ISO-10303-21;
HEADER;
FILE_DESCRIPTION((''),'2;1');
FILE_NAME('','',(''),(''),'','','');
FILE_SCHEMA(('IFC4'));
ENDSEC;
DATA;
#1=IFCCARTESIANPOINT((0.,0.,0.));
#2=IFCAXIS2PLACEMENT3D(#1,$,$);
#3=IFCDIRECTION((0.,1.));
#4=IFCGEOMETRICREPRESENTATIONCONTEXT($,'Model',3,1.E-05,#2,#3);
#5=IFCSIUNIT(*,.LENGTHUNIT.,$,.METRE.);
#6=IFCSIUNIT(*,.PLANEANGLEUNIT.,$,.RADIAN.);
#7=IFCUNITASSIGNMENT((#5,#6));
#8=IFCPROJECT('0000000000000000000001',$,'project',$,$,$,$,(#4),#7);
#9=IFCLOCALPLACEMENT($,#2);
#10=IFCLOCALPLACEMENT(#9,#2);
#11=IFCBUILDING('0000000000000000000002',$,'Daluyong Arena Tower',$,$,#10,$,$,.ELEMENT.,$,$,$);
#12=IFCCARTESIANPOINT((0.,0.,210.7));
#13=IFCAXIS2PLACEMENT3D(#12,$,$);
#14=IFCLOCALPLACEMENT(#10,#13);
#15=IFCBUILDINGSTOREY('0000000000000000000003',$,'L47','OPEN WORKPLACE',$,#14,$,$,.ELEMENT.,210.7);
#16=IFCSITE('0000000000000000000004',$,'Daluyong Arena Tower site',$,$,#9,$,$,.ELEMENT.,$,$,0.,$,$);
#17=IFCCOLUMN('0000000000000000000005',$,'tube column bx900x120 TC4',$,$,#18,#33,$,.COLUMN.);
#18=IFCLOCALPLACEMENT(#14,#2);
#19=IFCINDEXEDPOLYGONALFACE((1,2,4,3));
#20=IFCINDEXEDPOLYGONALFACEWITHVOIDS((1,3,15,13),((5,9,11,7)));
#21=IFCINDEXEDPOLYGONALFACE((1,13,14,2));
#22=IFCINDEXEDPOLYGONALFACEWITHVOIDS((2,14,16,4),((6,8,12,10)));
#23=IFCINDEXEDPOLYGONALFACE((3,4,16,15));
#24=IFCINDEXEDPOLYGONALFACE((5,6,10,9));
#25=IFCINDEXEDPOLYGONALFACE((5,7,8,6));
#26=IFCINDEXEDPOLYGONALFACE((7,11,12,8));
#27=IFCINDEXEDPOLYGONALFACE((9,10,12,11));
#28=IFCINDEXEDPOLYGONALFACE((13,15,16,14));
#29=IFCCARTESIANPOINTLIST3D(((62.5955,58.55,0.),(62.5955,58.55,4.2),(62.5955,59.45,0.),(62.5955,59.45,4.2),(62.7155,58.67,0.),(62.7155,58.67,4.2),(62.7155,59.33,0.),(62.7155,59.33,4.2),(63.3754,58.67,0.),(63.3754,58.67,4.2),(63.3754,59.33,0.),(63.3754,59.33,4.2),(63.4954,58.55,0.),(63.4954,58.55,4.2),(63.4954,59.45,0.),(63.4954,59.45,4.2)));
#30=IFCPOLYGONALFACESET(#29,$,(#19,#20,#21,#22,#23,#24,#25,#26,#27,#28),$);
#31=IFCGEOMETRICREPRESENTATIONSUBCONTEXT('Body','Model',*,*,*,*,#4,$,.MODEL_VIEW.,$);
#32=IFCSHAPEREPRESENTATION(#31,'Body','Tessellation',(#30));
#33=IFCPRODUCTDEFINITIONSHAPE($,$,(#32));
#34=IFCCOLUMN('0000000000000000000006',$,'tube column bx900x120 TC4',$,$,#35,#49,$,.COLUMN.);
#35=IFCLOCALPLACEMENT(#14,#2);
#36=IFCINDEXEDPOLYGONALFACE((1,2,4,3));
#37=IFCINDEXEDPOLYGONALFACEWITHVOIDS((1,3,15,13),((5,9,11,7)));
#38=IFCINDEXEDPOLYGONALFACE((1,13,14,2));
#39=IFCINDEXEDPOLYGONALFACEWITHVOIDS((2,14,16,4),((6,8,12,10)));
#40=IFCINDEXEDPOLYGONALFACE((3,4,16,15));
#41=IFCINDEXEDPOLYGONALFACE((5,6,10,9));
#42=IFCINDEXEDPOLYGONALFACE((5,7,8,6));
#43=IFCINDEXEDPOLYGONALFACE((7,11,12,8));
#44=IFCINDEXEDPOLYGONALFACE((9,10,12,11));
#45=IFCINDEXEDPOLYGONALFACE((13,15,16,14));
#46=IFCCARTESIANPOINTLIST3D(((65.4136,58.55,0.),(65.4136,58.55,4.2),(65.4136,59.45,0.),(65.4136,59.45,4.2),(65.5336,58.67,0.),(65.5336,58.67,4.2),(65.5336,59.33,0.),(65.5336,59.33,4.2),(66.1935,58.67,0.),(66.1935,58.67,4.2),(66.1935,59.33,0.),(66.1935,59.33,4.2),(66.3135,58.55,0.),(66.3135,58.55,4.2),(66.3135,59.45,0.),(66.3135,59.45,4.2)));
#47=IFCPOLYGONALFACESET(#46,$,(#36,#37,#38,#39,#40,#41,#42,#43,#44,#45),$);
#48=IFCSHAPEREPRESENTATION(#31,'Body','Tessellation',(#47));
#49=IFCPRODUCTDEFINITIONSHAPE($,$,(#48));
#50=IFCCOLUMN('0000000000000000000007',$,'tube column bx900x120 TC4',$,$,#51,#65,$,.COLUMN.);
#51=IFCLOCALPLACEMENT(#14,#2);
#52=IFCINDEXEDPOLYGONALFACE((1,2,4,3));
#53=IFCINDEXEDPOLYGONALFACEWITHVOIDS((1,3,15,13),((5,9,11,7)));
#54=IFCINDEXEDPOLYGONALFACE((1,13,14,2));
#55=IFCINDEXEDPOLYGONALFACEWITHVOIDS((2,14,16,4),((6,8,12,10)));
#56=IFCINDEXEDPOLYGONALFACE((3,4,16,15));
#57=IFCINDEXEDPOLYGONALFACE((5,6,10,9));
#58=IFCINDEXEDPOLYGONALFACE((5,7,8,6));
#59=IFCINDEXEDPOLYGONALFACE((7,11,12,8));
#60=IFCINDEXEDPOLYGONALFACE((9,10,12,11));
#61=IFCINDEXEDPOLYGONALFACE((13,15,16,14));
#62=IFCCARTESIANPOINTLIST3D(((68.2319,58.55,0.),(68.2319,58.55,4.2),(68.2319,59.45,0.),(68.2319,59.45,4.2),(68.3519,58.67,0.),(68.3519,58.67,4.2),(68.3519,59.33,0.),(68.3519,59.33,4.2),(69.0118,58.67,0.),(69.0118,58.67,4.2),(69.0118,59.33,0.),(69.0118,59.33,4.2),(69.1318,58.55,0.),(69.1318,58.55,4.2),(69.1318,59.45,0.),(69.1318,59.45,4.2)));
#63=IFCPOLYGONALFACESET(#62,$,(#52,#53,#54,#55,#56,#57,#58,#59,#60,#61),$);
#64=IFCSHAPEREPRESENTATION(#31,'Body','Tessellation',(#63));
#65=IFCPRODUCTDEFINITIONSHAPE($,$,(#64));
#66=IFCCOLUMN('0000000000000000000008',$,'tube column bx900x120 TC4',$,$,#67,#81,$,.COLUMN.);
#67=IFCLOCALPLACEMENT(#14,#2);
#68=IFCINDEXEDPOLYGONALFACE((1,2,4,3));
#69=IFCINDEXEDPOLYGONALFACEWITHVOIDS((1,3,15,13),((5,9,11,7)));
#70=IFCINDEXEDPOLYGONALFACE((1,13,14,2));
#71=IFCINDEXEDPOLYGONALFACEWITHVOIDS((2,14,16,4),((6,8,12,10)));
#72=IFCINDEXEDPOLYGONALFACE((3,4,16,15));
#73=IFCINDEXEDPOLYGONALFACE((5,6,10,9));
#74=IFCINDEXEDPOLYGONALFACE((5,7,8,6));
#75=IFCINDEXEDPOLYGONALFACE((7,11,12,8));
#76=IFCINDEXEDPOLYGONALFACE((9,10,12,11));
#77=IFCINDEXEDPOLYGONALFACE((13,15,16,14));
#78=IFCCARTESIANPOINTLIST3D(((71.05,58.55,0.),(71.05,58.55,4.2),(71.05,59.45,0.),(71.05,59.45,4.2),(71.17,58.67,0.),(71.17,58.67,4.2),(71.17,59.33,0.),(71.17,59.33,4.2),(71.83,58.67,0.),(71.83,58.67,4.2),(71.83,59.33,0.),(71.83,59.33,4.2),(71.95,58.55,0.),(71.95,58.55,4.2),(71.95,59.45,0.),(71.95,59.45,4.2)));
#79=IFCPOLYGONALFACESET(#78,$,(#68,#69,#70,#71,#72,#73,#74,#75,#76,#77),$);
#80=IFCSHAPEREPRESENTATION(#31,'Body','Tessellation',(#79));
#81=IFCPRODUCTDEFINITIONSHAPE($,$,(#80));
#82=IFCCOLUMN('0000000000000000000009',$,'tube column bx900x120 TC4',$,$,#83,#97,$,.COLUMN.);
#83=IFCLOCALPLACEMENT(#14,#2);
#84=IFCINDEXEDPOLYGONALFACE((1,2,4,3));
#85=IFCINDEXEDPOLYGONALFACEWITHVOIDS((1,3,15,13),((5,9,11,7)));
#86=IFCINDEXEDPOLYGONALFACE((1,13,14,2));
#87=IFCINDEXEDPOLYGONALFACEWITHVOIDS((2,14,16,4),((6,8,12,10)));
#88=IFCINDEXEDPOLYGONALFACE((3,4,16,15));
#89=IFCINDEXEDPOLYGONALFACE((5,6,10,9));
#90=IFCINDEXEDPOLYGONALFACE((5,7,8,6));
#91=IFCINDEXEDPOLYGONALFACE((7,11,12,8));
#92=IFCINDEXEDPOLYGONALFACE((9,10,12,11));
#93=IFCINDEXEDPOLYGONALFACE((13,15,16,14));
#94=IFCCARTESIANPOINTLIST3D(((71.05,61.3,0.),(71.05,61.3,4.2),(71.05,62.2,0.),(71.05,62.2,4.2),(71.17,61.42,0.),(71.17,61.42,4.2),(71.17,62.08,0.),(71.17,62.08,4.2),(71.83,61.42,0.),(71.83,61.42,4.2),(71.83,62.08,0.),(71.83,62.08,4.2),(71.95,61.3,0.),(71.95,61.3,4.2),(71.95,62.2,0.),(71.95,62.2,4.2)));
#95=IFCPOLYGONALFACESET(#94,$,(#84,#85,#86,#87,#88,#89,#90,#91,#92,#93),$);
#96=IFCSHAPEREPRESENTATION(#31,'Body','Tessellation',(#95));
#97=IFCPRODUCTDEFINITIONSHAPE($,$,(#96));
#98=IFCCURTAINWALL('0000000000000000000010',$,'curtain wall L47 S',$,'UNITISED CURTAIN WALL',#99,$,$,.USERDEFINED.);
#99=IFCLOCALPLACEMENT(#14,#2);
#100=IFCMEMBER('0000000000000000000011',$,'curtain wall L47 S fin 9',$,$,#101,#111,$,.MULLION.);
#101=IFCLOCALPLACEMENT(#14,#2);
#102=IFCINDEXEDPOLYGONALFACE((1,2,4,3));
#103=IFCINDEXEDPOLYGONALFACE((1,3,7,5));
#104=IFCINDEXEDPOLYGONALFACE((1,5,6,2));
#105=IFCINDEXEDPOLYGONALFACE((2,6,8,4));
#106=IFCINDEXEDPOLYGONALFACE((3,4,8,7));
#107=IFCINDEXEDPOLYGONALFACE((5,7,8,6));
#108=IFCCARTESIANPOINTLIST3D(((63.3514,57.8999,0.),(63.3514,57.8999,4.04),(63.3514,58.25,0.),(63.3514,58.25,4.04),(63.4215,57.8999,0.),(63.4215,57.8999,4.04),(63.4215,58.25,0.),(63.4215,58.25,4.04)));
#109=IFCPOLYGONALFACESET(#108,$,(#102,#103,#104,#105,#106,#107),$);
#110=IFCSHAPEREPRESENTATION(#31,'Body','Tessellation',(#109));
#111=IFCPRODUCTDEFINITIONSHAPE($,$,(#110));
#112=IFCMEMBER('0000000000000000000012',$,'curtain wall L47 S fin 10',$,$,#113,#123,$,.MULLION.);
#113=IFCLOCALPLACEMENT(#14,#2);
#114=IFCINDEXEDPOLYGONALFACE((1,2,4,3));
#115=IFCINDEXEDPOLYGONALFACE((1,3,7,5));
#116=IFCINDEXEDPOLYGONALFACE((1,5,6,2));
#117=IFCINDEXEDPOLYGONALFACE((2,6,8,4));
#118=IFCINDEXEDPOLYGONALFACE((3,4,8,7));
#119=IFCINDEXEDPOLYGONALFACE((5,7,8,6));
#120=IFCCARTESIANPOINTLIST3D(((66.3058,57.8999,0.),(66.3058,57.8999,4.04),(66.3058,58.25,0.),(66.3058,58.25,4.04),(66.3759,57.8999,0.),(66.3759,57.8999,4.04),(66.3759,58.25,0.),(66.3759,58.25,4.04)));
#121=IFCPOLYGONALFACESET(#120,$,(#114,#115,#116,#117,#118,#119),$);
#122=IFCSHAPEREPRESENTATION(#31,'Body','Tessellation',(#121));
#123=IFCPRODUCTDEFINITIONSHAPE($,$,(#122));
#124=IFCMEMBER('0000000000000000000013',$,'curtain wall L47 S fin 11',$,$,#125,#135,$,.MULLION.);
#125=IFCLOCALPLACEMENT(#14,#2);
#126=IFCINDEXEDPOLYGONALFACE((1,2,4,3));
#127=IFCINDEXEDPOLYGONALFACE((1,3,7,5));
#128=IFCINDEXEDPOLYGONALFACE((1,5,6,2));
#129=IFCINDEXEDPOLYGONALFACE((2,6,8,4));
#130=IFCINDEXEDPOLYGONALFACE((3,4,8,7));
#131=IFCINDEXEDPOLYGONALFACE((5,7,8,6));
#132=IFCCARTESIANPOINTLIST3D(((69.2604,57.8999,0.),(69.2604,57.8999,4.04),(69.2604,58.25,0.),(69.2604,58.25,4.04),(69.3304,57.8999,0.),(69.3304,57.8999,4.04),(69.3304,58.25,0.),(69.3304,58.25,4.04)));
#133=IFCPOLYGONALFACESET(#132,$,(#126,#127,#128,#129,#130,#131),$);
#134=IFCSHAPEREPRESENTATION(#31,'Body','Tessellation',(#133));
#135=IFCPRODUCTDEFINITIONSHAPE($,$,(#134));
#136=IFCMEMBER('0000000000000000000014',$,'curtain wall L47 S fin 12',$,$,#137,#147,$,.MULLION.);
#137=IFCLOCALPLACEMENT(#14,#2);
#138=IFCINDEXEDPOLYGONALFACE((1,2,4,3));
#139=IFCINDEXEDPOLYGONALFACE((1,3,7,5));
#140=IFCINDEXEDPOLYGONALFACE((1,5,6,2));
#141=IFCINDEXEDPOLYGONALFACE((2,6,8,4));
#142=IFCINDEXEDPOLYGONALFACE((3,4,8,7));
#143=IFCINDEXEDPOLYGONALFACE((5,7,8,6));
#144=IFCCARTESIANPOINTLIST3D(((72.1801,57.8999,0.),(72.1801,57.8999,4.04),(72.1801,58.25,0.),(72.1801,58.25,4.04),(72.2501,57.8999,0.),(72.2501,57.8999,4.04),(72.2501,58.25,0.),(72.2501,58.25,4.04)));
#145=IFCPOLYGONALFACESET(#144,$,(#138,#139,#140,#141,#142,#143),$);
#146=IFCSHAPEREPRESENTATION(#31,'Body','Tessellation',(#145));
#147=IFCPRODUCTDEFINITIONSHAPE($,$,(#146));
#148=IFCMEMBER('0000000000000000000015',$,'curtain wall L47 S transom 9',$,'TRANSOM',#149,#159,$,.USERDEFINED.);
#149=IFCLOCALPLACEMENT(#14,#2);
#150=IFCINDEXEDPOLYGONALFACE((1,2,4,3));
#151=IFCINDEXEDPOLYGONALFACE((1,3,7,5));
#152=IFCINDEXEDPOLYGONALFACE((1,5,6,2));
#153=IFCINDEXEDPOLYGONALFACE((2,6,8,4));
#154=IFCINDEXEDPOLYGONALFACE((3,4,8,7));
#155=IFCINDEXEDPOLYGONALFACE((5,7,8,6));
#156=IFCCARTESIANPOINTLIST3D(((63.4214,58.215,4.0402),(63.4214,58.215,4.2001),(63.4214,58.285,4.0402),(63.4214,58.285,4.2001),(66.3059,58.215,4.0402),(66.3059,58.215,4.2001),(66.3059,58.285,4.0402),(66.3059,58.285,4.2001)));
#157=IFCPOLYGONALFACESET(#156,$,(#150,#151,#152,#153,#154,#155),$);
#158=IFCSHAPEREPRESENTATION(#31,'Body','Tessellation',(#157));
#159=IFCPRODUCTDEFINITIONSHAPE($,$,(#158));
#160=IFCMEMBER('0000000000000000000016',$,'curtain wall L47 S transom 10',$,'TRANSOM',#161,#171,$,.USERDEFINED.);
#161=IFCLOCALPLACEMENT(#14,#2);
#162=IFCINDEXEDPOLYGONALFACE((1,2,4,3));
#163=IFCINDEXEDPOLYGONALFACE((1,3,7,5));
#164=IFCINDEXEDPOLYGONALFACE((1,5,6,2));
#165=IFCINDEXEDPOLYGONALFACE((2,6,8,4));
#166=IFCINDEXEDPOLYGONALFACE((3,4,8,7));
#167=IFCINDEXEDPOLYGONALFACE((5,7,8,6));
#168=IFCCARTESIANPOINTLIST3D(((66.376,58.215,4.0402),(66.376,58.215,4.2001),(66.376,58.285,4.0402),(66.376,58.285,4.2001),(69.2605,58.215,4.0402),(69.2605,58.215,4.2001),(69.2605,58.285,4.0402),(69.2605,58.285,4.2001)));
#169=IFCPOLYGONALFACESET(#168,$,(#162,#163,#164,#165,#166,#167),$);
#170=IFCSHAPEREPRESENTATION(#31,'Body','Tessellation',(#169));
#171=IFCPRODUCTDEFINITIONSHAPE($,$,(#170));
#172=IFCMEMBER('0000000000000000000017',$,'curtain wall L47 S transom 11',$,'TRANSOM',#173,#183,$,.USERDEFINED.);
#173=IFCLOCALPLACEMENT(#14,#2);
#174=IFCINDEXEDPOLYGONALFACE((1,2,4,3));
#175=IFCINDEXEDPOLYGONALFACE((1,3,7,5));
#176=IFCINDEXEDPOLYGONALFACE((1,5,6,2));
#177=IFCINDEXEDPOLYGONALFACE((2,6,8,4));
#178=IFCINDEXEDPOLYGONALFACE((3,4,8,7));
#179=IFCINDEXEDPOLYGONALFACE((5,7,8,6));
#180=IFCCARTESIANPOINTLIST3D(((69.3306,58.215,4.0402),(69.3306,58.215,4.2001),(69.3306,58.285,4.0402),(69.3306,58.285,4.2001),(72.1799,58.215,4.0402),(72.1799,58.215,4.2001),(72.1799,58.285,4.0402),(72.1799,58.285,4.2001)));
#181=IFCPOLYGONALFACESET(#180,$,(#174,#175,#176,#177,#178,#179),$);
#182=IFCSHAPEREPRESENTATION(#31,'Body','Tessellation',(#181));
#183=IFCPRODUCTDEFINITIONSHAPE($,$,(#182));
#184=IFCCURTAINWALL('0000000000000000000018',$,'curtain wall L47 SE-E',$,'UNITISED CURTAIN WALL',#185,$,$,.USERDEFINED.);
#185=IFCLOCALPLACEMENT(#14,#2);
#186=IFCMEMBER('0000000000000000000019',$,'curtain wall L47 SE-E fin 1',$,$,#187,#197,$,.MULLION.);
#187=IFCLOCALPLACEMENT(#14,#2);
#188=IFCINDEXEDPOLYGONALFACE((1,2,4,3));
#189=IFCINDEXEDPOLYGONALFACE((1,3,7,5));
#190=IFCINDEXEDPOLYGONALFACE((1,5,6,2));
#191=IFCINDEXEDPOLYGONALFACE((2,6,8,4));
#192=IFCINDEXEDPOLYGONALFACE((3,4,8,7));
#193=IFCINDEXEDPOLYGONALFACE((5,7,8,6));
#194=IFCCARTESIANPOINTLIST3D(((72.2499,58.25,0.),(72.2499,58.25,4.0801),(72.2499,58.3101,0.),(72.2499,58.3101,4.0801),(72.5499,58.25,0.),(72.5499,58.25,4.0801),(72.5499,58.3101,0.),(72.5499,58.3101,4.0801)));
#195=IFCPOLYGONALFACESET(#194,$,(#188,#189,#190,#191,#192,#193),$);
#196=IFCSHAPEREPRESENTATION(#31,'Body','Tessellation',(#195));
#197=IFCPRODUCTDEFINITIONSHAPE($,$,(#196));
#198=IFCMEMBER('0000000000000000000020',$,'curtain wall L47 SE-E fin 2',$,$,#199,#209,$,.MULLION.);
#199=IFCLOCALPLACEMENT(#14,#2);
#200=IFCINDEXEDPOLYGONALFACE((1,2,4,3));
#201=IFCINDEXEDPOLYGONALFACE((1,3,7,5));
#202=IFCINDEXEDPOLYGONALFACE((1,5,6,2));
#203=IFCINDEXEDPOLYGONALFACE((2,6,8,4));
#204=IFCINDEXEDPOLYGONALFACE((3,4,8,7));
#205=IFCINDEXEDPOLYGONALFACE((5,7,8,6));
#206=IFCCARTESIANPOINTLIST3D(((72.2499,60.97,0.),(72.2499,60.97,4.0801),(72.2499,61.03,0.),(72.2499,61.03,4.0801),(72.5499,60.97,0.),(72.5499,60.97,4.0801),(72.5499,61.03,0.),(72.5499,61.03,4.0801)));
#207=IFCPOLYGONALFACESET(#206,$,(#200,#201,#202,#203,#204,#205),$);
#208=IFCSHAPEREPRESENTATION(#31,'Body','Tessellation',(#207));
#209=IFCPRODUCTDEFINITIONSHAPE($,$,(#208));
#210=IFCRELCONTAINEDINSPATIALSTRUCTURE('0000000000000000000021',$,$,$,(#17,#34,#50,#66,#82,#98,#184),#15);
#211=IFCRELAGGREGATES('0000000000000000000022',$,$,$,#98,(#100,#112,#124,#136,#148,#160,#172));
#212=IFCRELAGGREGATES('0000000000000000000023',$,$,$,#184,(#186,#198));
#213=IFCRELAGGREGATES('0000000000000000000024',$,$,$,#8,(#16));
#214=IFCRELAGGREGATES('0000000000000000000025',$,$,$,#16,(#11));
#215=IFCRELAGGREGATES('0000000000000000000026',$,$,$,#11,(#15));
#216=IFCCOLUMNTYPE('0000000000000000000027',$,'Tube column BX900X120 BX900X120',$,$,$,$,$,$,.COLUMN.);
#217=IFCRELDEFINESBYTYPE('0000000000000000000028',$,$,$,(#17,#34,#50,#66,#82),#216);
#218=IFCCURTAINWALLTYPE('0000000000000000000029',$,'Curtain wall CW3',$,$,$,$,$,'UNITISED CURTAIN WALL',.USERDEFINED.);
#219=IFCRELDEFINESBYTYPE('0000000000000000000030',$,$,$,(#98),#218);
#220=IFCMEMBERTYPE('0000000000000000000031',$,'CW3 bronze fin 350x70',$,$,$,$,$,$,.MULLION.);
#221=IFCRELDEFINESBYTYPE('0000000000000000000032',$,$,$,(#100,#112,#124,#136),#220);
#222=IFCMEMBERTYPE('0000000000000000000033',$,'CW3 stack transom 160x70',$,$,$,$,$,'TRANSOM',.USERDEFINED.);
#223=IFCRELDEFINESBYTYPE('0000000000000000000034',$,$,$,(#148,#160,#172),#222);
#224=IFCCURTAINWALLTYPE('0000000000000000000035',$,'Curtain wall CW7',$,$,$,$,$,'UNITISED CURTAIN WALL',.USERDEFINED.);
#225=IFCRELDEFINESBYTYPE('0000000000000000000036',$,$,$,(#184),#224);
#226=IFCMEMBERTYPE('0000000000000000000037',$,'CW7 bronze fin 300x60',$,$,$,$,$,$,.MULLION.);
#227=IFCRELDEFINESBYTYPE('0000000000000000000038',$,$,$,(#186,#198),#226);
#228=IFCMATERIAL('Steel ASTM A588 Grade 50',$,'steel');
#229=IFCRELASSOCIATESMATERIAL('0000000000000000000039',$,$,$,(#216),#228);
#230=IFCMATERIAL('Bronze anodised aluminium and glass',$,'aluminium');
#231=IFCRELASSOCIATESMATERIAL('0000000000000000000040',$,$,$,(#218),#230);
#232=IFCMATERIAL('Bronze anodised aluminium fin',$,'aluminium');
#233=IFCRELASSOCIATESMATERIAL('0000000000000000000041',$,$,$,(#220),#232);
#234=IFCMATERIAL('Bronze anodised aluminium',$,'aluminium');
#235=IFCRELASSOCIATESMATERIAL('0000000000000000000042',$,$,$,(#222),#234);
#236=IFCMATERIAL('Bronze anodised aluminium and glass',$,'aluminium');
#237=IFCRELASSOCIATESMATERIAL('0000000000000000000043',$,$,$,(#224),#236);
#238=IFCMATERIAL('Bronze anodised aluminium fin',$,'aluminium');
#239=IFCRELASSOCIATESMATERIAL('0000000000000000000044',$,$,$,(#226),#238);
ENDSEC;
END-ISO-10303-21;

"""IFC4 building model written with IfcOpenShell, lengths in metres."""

from ifc_helpers import new_model, si_unit, direction, frame, origin, origin_2d, place, context, subcontext, project, spatial, rectangle, hollow_rectangle, extrude, material, material_profile, profile_set, type_object, element, aggregate, save


model = new_model("IFC4")

# Units and contexts
model_context = context("Model", 3, precision=1e-05, world=origin(), true_north=direction((0.0, 1.0)))
body_context = subcontext(model_context, "Body", "Model", "MODEL_VIEW")
ifc_project = project(units=[si_unit("LENGTHUNIT", "METRE"), si_unit("PLANEANGLEUNIT", "RADIAN")], contexts=[model_context])

# Site, building, storey
site_placement = place(None, origin())
site = spatial("IfcSite", under=ifc_project, at=site_placement, Name="Daluyong Arena Tower site", CompositionType="ELEMENT", RefElevation=0.0)
building_placement = place(site_placement, origin())
building = spatial("IfcBuilding", under=site, at=building_placement, Name="Daluyong Arena Tower", CompositionType="ELEMENT")
storey_placement = place(building_placement, frame((0.0, 0.0, 210.7)))
storey = spatial("IfcBuildingStorey", under=building, at=storey_placement, Name="L47", Description="OPEN WORKPLACE", CompositionType="ELEMENT", Elevation=210.7)

# Columns
ifc_material_1 = material(Name="Steel ASTM A588 Grade 50", Category="steel")
ifc_material_profile_1 = material_profile(ifc_material_1, hollow_rectangle(XDim=0.8999, YDim=0.8999, WallThickness=0.12, at=origin_2d()))
ifc_profile_set_1 = profile_set([ifc_material_profile_1], Name="Steel ASTM A588 Grade 50")
column_type = type_object("IfcColumnType", Name="Tube column BX900X120 BX900X120", PredefinedType="COLUMN", material=ifc_profile_set_1)
for number, where, z_axis, x_axis, name in (
    (1, (63.0454, 59.0, 0.0), (0.0, 0.0, 1.0), (1.0, 0.0, 0.0), "tube column bx900x120 TC4"),
    (2, (65.8635, 59.0, 0.0), (0.0, 0.0, 1.0), (1.0, 0.0, 0.0), "tube column bx900x120 TC4"),
    (3, (68.6819, 59.0, 0.0), (0.0, 0.0, 1.0), (1.0, 0.0, 0.0), "tube column bx900x120 TC4"),
    (4, (71.5, 59.0, 0.0), (0.0, 0.0, 1.0), (0.0, 1.0, 0.0), "tube column bx900x120 TC4"),
    (5, (71.5, 61.75, 0.0), (0.0, 0.0, 1.0), (0.0, 1.0, 0.0), "tube column bx900x120 TC4"),
):
    element("IfcColumn", number, at=place(storey_placement, frame(where, z_axis=z_axis, x_axis=x_axis)), inside=storey, type_object=column_type, Name=name, PredefinedType="COLUMN", context=body_context, shape_type="SweptSolid", body=[
        extrude(hollow_rectangle(XDim=0.8999, YDim=0.8999, WallThickness=0.12, at=origin_2d()), origin(), (0.0, 0.0, 1.0), 4.2),
    ])

# Curtain walls, members
ifc_material_2 = material(Name="Bronze anodised aluminium and glass", Category="aluminium")
curtain_wall_type_1 = type_object("IfcCurtainWallType", Name="Curtain wall CW3", ElementType="UNITISED CURTAIN WALL", PredefinedType="USERDEFINED", material=ifc_material_2)
curtain_wall_1_placement = place(storey_placement, origin())
curtain_wall_1 = element("IfcCurtainWall", 6, at=curtain_wall_1_placement, inside=storey, type_object=curtain_wall_type_1, Name="curtain wall L47 S", ObjectType="UNITISED CURTAIN WALL", PredefinedType="USERDEFINED")
ifc_material_3 = material(Name="Bronze anodised aluminium fin", Category="aluminium")
ifc_material_profile_2 = material_profile(ifc_material_3, rectangle(XDim=0.3501, YDim=0.0701, at=origin_2d()))
ifc_profile_set_2 = profile_set([ifc_material_profile_2], Name="Bronze anodised aluminium fin")
member_type_1 = type_object("IfcMemberType", Name="CW3 bronze fin 350x70", PredefinedType="MULLION", material=ifc_profile_set_2)
member_1_placement = place(storey_placement, frame((63.3865, 58.075, 0.0), z_axis=(0.0, 0.0, 1.0), x_axis=(0.0, 1.0, 0.0)))
member_1 = element("IfcMember", 7, at=member_1_placement, type_object=member_type_1, Name="curtain wall L47 S fin 9", PredefinedType="MULLION", context=body_context, shape_type="SweptSolid", body=[
    extrude(rectangle(XDim=0.3501, YDim=0.0701, at=origin_2d()), origin(), (0.0, 0.0, 1.0), 4.04),
])
member_2_placement = place(storey_placement, frame((66.3408, 58.075, 0.0), z_axis=(0.0, 0.0, 1.0), x_axis=(0.0, 1.0, 0.0)))
member_2 = element("IfcMember", 8, at=member_2_placement, type_object=member_type_1, Name="curtain wall L47 S fin 10", PredefinedType="MULLION", context=body_context, shape_type="SweptSolid", body=[
    extrude(rectangle(XDim=0.3501, YDim=0.0701, at=origin_2d()), origin(), (0.0, 0.0, 1.0), 4.04),
])
member_3_placement = place(storey_placement, frame((69.2954, 58.075, 0.0), z_axis=(0.0, 0.0, 1.0), x_axis=(0.0, 1.0, 0.0)))
member_3 = element("IfcMember", 9, at=member_3_placement, type_object=member_type_1, Name="curtain wall L47 S fin 11", PredefinedType="MULLION", context=body_context, shape_type="SweptSolid", body=[
    extrude(rectangle(XDim=0.3501, YDim=0.0701, at=origin_2d()), origin(), (0.0, 0.0, 1.0), 4.04),
])
member_4_placement = place(storey_placement, frame((72.2151, 58.075, 0.0), z_axis=(0.0, 0.0, 1.0), x_axis=(0.0, 1.0, 0.0)))
member_4 = element("IfcMember", 10, at=member_4_placement, type_object=member_type_1, Name="curtain wall L47 S fin 12", PredefinedType="MULLION", context=body_context, shape_type="SweptSolid", body=[
    extrude(rectangle(XDim=0.3501, YDim=0.0701, at=origin_2d()), origin(), (0.0, 0.0, 1.0), 4.04),
])
ifc_material_4 = material(Name="Bronze anodised aluminium", Category="aluminium")
ifc_material_profile_3 = material_profile(ifc_material_4, rectangle(XDim=0.0701, YDim=0.1599, at=origin_2d()))
ifc_profile_set_3 = profile_set([ifc_material_profile_3], Name="Bronze anodised aluminium")
member_type_2 = type_object("IfcMemberType", Name="CW3 stack transom 160x70", ElementType="TRANSOM", PredefinedType="USERDEFINED", material=ifc_profile_set_3)
member_5_placement = place(storey_placement, frame((63.4214, 58.25, 4.1201), z_axis=(1.0, 0.0, 0.0), x_axis=(0.0, 1.0, 0.0)))
member_5 = element("IfcMember", 11, at=member_5_placement, type_object=member_type_2, Name="curtain wall L47 S transom 9", ObjectType="TRANSOM", PredefinedType="USERDEFINED", context=body_context, shape_type="SweptSolid", body=[
    extrude(rectangle(XDim=0.0701, YDim=0.1599, at=origin_2d()), origin(), (0.0, 0.0, 1.0), 2.8845),
])
member_6_placement = place(storey_placement, frame((66.376, 58.25, 4.1201), z_axis=(1.0, 0.0, 0.0), x_axis=(0.0, 1.0, 0.0)))
member_6 = element("IfcMember", 12, at=member_6_placement, type_object=member_type_2, Name="curtain wall L47 S transom 10", ObjectType="TRANSOM", PredefinedType="USERDEFINED", context=body_context, shape_type="SweptSolid", body=[
    extrude(rectangle(XDim=0.0701, YDim=0.1599, at=origin_2d()), origin(), (0.0, 0.0, 1.0), 2.8845),
])
member_7_placement = place(storey_placement, frame((69.3306, 58.25, 4.1201), z_axis=(1.0, 0.0, 0.0), x_axis=(0.0, 1.0, 0.0)))
member_7 = element("IfcMember", 13, at=member_7_placement, type_object=member_type_2, Name="curtain wall L47 S transom 11", ObjectType="TRANSOM", PredefinedType="USERDEFINED", context=body_context, shape_type="SweptSolid", body=[
    extrude(rectangle(XDim=0.0701, YDim=0.1599, at=origin_2d()), origin(), (0.0, 0.0, 1.0), 2.8494),
])
ifc_material_5 = material(Name="Bronze anodised aluminium and glass", Category="aluminium")
curtain_wall_type_2 = type_object("IfcCurtainWallType", Name="Curtain wall CW7", ElementType="UNITISED CURTAIN WALL", PredefinedType="USERDEFINED", material=ifc_material_5)
curtain_wall_2_placement = place(storey_placement, origin())
curtain_wall_2 = element("IfcCurtainWall", 14, at=curtain_wall_2_placement, inside=storey, type_object=curtain_wall_type_2, Name="curtain wall L47 SE-E", ObjectType="UNITISED CURTAIN WALL", PredefinedType="USERDEFINED")
ifc_material_6 = material(Name="Bronze anodised aluminium fin", Category="aluminium")
ifc_material_profile_4 = material_profile(ifc_material_6, rectangle(XDim=0.3, YDim=0.0601, at=origin_2d()))
ifc_profile_set_4 = profile_set([ifc_material_profile_4], Name="Bronze anodised aluminium fin")
member_type_3 = type_object("IfcMemberType", Name="CW7 bronze fin 300x60", PredefinedType="MULLION", material=ifc_profile_set_4)
member_8_placement = place(storey_placement, frame((72.3999, 58.28, 0.0), z_axis=(0.0, 0.0, 1.0), x_axis=(-1.0, 0.0, 0.0)))
member_8 = element("IfcMember", 15, at=member_8_placement, type_object=member_type_3, Name="curtain wall L47 SE-E fin 1", PredefinedType="MULLION", context=body_context, shape_type="SweptSolid", body=[
    extrude(rectangle(XDim=0.3, YDim=0.0601, at=origin_2d()), origin(), (0.0, 0.0, 1.0), 4.0801),
])
member_9_placement = place(storey_placement, frame((72.3999, 61.0, 0.0), z_axis=(0.0, 0.0, 1.0), x_axis=(-1.0, 0.0, 0.0)))
member_9 = element("IfcMember", 16, at=member_9_placement, type_object=member_type_3, Name="curtain wall L47 SE-E fin 2", PredefinedType="MULLION", context=body_context, shape_type="SweptSolid", body=[
    extrude(rectangle(XDim=0.3, YDim=0.0601, at=origin_2d()), origin(), (0.0, 0.0, 1.0), 4.0801),
])

aggregate(curtain_wall_1, [member_1, member_2, member_3, member_4, member_5, member_6, member_7])
aggregate(curtain_wall_2, [member_8, member_9])

save(model, "model.ifc")
